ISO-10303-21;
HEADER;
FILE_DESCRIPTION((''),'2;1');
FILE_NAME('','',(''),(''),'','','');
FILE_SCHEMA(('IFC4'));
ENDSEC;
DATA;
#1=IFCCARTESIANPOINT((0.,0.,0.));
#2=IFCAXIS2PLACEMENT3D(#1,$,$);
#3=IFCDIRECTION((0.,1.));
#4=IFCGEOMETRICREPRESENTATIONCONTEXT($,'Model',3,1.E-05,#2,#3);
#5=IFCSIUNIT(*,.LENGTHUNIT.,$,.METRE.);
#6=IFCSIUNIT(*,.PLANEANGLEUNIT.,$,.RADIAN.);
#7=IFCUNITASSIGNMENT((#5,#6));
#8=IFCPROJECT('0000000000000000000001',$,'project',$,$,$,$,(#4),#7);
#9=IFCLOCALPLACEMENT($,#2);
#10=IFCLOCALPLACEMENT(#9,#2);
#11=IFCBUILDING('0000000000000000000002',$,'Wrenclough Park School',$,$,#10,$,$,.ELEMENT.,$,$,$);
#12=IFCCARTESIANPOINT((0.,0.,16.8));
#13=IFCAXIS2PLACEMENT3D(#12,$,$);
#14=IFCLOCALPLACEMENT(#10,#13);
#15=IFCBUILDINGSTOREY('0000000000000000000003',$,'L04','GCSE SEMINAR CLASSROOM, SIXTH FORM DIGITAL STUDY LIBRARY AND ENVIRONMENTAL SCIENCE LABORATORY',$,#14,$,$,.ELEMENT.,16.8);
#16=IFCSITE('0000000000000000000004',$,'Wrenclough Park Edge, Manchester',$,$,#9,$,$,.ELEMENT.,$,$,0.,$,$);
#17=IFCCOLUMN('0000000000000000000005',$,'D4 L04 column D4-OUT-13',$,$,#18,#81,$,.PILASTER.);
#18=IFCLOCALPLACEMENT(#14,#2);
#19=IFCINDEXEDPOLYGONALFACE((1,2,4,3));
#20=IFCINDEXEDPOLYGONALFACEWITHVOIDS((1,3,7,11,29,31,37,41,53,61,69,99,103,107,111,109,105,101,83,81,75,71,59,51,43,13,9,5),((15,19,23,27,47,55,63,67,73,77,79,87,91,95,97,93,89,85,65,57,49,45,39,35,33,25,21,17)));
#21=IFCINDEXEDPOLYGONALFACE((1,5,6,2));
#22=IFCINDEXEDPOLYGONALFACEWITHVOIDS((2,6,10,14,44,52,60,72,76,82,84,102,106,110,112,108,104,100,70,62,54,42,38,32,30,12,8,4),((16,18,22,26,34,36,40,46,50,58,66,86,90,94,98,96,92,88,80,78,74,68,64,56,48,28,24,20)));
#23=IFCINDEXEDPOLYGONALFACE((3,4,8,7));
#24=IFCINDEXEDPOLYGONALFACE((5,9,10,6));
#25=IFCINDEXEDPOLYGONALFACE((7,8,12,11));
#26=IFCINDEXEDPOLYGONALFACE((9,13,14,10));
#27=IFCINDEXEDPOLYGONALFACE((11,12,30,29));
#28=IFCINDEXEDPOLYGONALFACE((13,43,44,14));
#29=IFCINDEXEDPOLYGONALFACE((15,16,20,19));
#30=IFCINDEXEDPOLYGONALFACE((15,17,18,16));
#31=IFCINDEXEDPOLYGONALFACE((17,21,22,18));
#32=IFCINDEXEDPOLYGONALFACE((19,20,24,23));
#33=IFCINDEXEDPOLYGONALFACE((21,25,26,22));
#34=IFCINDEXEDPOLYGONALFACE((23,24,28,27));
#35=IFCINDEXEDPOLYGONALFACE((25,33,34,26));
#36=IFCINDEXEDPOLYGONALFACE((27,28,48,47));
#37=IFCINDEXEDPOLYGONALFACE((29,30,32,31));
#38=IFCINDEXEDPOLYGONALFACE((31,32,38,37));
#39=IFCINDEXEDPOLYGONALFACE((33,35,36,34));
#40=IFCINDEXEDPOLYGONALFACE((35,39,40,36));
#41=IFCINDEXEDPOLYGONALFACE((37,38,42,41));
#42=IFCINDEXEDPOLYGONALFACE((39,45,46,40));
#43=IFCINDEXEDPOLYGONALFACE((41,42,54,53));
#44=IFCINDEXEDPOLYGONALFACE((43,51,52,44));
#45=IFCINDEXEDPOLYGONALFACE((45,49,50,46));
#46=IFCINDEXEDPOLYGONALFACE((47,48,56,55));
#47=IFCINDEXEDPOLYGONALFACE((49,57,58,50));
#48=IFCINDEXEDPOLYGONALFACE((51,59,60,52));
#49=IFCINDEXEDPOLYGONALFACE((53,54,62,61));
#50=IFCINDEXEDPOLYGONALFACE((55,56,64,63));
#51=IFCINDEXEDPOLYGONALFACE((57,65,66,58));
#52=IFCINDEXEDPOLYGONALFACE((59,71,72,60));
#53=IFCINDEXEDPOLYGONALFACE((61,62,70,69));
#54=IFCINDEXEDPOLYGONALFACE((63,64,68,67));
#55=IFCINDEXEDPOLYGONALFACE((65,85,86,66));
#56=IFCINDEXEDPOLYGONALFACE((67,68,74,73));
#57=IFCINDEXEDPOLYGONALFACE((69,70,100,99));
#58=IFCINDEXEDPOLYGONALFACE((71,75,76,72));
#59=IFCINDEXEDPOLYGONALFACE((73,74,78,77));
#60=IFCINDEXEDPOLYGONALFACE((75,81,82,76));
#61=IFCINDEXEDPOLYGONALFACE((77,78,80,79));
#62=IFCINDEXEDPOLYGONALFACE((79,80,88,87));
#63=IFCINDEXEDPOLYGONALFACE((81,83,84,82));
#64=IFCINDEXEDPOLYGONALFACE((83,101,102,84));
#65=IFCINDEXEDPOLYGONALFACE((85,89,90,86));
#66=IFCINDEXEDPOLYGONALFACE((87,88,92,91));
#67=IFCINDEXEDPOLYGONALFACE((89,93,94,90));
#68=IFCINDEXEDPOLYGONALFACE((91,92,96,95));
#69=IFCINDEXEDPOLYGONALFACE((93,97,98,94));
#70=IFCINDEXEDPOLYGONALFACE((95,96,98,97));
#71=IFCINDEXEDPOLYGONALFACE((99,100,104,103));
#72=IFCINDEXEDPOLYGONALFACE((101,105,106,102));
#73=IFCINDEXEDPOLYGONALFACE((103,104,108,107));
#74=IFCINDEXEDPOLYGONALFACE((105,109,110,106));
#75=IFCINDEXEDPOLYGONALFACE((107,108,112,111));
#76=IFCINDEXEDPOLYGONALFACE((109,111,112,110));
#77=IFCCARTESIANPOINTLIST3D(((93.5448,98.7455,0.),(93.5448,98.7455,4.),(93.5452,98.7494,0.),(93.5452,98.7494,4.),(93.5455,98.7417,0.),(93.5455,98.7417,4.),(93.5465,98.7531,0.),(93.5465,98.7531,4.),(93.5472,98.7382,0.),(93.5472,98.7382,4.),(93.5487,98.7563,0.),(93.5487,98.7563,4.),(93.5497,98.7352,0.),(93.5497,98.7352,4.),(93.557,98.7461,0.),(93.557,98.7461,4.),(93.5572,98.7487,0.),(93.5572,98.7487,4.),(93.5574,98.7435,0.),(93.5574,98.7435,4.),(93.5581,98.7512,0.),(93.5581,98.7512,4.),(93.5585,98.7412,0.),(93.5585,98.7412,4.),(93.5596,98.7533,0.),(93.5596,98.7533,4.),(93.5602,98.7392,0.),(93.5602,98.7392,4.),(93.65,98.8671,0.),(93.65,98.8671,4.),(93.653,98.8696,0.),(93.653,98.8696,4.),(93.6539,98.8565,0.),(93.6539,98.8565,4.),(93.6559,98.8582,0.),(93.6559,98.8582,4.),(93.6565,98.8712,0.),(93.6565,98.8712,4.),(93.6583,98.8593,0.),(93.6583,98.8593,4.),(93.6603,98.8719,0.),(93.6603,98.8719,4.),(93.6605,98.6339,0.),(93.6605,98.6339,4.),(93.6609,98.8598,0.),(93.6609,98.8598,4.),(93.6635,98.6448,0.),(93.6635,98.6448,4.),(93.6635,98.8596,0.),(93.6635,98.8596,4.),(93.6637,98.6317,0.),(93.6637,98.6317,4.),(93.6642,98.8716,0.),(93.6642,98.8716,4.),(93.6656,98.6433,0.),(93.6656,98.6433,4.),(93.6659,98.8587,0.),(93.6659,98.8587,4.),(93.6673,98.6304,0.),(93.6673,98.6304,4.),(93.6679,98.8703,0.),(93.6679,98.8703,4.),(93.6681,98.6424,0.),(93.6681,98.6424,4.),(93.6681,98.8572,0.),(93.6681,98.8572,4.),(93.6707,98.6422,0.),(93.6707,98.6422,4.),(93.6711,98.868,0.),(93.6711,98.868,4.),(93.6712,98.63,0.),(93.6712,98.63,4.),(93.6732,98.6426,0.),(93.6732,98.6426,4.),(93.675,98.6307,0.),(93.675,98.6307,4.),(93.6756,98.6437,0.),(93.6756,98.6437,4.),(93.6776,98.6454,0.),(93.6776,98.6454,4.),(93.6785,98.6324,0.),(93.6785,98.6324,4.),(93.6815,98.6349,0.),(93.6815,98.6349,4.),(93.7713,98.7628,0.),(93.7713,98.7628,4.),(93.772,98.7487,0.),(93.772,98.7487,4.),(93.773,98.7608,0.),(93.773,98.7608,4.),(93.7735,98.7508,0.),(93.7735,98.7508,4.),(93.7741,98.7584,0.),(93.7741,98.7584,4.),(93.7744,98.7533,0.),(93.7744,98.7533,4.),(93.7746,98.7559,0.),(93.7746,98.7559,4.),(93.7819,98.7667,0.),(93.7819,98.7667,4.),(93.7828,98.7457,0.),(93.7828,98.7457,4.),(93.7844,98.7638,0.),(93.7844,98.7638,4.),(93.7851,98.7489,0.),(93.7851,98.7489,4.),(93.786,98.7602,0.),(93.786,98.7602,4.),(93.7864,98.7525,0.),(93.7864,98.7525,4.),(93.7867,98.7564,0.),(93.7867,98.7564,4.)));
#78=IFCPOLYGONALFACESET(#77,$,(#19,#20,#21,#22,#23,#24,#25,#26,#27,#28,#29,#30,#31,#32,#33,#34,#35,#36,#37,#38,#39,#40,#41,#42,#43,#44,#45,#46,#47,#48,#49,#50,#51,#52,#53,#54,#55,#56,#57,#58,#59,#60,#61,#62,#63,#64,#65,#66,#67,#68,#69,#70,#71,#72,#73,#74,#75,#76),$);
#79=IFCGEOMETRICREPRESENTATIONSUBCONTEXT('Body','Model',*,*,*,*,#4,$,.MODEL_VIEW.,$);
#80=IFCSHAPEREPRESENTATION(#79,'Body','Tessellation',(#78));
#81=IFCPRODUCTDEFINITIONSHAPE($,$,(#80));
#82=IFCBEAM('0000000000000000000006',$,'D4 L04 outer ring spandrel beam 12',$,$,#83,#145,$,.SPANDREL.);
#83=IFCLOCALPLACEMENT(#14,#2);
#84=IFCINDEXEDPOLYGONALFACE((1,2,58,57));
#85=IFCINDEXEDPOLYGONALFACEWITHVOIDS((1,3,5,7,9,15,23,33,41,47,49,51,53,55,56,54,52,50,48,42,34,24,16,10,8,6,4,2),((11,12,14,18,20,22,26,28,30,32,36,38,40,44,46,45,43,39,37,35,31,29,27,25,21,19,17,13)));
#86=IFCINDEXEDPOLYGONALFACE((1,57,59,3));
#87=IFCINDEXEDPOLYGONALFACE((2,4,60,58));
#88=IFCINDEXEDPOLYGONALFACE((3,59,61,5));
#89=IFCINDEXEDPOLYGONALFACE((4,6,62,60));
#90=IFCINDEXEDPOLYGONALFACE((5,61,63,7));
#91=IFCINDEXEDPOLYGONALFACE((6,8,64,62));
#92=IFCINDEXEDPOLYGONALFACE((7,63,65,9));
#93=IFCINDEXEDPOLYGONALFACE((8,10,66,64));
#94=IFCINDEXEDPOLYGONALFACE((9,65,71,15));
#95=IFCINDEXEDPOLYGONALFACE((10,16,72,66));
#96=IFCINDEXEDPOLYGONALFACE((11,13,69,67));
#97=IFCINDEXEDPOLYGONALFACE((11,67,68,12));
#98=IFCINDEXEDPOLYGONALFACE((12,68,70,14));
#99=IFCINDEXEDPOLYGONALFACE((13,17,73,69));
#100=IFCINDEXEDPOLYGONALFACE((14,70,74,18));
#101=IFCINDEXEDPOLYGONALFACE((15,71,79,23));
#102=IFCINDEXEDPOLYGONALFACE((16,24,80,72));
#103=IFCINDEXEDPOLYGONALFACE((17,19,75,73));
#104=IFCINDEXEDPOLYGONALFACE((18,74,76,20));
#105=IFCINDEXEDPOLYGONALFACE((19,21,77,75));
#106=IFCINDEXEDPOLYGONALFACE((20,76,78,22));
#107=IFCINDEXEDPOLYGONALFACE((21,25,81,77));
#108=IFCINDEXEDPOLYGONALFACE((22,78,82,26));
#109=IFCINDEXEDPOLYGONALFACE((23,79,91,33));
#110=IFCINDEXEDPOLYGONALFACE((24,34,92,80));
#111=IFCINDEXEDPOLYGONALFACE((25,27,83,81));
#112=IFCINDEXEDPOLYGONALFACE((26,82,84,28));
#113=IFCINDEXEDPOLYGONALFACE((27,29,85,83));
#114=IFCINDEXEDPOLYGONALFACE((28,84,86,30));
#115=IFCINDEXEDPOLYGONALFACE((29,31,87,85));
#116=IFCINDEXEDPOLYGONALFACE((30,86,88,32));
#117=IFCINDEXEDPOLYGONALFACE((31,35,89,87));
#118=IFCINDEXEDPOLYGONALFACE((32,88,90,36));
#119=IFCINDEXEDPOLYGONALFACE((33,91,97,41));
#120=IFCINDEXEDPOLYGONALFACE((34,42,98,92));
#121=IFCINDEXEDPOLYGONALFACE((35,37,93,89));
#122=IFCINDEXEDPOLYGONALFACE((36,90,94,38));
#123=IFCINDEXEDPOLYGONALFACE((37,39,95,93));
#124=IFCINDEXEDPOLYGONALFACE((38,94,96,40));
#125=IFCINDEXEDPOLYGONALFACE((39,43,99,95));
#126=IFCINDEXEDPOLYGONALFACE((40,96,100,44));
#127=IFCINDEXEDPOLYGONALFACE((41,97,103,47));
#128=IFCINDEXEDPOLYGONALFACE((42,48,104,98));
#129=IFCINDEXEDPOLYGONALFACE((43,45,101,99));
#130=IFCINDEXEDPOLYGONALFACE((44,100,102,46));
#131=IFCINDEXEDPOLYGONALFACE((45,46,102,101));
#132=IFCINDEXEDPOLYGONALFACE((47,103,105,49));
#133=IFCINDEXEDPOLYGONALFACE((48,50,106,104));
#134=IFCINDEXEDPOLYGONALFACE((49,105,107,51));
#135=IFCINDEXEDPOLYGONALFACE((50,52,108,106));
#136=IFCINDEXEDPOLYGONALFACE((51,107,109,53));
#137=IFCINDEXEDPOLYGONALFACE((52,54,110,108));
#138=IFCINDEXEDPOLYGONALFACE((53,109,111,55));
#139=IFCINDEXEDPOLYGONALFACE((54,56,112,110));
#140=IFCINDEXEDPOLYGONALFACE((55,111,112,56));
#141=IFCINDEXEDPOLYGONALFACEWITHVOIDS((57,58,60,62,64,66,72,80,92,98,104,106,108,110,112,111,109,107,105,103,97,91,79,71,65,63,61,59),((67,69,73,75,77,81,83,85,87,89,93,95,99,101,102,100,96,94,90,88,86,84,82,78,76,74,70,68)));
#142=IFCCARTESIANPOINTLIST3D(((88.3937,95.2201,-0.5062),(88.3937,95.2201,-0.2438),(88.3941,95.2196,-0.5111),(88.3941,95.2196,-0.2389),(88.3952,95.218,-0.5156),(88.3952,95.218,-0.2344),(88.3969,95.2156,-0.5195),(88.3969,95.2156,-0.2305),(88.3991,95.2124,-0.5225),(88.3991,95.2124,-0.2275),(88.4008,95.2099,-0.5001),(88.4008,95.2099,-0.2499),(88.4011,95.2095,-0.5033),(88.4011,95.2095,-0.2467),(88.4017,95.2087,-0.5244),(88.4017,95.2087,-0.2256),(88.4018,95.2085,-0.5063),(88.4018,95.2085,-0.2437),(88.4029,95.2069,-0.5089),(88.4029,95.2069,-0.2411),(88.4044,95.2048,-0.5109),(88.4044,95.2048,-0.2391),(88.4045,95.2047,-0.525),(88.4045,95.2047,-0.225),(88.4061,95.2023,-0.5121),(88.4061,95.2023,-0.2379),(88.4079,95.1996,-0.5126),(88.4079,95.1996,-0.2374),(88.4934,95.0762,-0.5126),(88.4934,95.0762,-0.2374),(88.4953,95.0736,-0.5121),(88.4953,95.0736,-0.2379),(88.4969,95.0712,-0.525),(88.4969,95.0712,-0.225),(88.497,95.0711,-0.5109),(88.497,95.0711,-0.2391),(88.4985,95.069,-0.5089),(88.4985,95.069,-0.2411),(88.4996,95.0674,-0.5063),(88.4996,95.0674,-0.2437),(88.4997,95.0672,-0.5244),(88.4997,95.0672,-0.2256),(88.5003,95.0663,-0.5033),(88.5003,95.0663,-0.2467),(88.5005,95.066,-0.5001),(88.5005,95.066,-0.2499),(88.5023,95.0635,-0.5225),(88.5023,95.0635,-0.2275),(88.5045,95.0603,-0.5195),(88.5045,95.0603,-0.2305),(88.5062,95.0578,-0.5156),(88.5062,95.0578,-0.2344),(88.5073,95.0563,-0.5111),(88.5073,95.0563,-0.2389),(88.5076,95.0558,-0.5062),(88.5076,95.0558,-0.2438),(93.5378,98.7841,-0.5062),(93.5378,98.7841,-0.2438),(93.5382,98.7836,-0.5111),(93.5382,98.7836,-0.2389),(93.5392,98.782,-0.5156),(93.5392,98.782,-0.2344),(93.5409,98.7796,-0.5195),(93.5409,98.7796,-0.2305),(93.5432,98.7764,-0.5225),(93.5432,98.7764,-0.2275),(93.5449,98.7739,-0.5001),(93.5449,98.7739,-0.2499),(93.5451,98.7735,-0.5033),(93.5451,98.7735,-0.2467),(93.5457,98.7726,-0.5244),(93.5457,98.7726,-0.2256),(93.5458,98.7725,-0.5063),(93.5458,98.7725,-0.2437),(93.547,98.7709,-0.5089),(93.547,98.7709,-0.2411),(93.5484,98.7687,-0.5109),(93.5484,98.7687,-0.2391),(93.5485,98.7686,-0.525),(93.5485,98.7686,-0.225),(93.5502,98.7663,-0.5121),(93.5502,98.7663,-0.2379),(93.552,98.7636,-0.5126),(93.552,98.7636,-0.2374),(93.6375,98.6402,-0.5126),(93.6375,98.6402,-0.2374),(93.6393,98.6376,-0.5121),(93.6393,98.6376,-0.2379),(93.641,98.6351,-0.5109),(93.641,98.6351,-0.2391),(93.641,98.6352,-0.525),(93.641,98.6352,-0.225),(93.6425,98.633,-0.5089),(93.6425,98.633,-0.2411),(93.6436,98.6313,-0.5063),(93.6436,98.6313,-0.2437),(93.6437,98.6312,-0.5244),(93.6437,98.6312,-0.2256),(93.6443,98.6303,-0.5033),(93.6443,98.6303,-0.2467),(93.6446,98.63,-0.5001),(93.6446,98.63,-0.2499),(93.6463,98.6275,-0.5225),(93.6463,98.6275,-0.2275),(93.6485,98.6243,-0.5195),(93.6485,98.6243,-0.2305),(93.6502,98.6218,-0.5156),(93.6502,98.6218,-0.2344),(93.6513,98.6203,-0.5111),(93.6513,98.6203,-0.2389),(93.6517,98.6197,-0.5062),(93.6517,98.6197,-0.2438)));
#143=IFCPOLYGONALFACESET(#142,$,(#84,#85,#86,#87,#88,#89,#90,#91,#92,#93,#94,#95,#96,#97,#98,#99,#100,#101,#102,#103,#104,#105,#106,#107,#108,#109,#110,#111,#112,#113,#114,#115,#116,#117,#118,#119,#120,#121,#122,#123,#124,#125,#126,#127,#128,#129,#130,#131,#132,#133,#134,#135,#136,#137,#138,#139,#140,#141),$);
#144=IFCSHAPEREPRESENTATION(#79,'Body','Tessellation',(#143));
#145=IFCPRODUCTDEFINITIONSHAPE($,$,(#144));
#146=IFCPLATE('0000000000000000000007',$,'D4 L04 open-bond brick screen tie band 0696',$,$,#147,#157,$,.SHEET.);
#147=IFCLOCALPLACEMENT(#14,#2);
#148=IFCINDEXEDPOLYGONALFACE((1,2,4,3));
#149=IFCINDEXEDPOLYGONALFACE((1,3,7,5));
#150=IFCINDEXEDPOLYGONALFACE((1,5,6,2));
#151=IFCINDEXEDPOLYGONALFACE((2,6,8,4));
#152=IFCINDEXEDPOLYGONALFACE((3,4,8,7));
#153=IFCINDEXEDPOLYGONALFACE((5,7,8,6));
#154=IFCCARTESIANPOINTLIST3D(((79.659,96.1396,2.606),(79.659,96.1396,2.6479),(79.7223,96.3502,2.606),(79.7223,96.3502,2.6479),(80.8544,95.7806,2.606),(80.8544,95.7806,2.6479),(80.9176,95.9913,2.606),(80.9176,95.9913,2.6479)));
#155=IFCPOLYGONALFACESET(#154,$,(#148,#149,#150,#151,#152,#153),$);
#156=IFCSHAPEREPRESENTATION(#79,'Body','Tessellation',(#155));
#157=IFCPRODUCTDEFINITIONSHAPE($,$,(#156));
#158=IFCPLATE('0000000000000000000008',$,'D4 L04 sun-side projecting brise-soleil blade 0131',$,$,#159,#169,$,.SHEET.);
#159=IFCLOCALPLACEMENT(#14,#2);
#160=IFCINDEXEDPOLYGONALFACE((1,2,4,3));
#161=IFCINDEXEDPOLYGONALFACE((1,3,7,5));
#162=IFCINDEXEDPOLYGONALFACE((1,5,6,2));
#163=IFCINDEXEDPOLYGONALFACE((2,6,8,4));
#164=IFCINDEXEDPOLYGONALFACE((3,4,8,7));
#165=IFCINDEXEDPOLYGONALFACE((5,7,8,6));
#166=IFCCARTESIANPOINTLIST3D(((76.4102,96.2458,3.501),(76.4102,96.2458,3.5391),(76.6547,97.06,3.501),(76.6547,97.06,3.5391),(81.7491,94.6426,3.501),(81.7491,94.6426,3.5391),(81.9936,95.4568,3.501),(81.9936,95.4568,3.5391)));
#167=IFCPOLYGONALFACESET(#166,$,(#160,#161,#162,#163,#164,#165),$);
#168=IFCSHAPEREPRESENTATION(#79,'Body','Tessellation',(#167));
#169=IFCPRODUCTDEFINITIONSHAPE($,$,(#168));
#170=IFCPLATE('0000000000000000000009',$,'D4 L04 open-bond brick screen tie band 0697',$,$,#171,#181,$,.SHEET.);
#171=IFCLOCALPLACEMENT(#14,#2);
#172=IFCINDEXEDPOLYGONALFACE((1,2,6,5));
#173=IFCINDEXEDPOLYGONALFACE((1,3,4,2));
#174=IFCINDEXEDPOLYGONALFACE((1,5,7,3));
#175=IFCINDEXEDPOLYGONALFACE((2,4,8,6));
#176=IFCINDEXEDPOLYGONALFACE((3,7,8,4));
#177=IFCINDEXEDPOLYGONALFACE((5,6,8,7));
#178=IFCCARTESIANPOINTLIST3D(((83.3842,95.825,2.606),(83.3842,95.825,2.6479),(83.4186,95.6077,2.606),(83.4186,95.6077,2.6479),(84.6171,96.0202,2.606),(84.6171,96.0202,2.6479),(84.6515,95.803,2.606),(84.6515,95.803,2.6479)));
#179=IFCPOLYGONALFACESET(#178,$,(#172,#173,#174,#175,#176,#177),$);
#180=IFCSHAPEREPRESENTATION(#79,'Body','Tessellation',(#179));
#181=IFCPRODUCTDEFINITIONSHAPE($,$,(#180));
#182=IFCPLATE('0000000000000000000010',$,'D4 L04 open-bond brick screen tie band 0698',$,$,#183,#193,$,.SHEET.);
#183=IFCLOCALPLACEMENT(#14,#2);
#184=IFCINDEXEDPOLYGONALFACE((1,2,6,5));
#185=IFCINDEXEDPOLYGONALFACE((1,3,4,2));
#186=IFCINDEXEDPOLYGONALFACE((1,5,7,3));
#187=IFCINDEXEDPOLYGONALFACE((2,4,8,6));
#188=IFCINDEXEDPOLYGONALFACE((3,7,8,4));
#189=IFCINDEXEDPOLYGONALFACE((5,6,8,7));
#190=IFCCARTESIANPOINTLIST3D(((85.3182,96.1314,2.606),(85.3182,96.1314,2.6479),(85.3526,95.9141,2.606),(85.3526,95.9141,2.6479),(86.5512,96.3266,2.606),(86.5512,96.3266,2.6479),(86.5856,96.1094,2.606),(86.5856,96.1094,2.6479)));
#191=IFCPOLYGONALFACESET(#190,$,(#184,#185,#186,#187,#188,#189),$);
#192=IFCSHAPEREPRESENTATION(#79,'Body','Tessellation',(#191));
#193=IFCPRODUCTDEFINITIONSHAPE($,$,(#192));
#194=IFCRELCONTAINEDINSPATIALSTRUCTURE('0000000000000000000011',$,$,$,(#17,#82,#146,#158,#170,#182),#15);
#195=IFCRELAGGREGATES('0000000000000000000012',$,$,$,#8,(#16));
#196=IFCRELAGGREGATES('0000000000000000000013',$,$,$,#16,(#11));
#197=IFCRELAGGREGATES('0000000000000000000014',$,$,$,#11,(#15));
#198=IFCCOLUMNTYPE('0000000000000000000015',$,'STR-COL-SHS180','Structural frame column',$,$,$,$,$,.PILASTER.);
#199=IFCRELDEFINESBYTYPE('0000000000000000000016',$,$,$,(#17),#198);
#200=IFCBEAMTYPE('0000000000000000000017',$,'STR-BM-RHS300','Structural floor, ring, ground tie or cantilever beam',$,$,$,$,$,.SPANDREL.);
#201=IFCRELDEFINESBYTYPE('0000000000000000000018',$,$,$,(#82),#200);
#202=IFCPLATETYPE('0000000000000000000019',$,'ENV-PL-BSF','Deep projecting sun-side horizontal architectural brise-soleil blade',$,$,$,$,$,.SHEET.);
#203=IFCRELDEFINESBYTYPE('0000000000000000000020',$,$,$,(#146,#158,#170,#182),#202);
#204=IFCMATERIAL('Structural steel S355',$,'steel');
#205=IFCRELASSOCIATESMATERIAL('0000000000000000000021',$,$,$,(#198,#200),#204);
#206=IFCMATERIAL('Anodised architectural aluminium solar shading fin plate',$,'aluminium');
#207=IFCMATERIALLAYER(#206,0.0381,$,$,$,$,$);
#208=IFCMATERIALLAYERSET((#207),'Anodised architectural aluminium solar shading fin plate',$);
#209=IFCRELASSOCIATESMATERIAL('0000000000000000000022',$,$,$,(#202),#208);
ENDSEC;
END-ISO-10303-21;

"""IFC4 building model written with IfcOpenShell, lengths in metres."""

from ifc_helpers import new_model, si_unit, direction, frame, origin, origin_2d, place, context, subcontext, project, spatial, rectangle, hollow_rectangle, extrude, material, layer, layer_set, material_profile, profile_set, type_object, element, save


model = new_model("IFC4")

# Units and contexts
model_context = context("Model", 3, precision=1e-05, world=origin(), true_north=direction((0.0, 1.0)))
body_context = subcontext(model_context, "Body", "Model", "MODEL_VIEW")
ifc_project = project(units=[si_unit("LENGTHUNIT", "METRE"), si_unit("PLANEANGLEUNIT", "RADIAN")], contexts=[model_context])

# Site, building, storey
site_placement = place(None, origin())
site = spatial("IfcSite", under=ifc_project, at=site_placement, Name="Wrenclough Park Edge, Manchester", CompositionType="ELEMENT", RefElevation=0.0)
building_placement = place(site_placement, origin())
building = spatial("IfcBuilding", under=site, at=building_placement, Name="Wrenclough Park School", CompositionType="ELEMENT")
storey_placement = place(building_placement, frame((0.0, 0.0, 16.8)))
storey = spatial("IfcBuildingStorey", under=building, at=storey_placement, Name="L04", Description="GCSE SEMINAR CLASSROOM, SIXTH FORM DIGITAL STUDY LIBRARY AND ENVIRONMENTAL SCIENCE LABORATORY", CompositionType="ELEMENT", Elevation=16.8)

# Column
ifc_material_1 = material(Name="Structural steel S355", Category="steel")
ifc_material_profile_1 = material_profile(ifc_material_1, hollow_rectangle(XDim=0.1799, YDim=0.1799, WallThickness=0.01, InnerFilletRadius=0.01, OuterFilletRadius=0.0149, at=origin_2d()), Name="SHS 180x180x10.0")
ifc_profile_set_1 = profile_set([ifc_material_profile_1], Name="Structural steel S355")
column_type = type_object("IfcColumnType", Name="STR-COL-SHS180", Description="Structural frame column", PredefinedType="PILASTER", material=ifc_profile_set_1)
column_placement = place(storey_placement, frame((93.6658, 98.751, 0.0), z_axis=(0.0, 0.0, 1.0), x_axis=(0.674689, 0.738102, 0.0)))
element("IfcColumn", 1, at=column_placement, inside=storey, type_object=column_type, Name="D4 L04 column D4-OUT-13", PredefinedType="PILASTER", context=body_context, shape_type="SweptSolid", body=[
    extrude(hollow_rectangle(XDim=0.1799, YDim=0.1799, WallThickness=0.01, InnerFilletRadius=0.01, OuterFilletRadius=0.0149, at=origin_2d()), origin(), (0.0, 0.0, 1.0), 4.0),
])

# Beam
ifc_material_profile_2 = material_profile(ifc_material_1, hollow_rectangle(XDim=0.2, YDim=0.3, WallThickness=0.0125, InnerFilletRadius=0.0125, OuterFilletRadius=0.0188, at=origin_2d()), Name="RHS 300x200x12.5")
ifc_profile_set_2 = profile_set([ifc_material_profile_2], Name="Structural steel S355")
beam_type = type_object("IfcBeamType", Name="STR-BM-RHS300", Description="Structural floor, ring, ground tie or cantilever beam", PredefinedType="SPANDREL", material=ifc_profile_set_2)
beam_placement = place(storey_placement, frame((88.4507, 95.1379, -0.375), z_axis=(0.82199, 0.569502, 0.0), x_axis=(-0.569502, 0.82199, 0.0)))
element("IfcBeam", 2, at=beam_placement, inside=storey, type_object=beam_type, Name="D4 L04 outer ring spandrel beam 12", PredefinedType="SPANDREL", context=body_context, shape_type="SweptSolid", body=[
    extrude(hollow_rectangle(XDim=0.2, YDim=0.3, WallThickness=0.0125, InnerFilletRadius=0.0125, OuterFilletRadius=0.0188, at=origin_2d()), origin(), (0.0, 0.0, 1.0), 6.2581),
])

# Plates
ifc_material_2 = material(Name="Anodised architectural aluminium solar shading fin plate", Category="aluminium")
ifc_layer_1 = layer(ifc_material_2, 0.0381)
ifc_layer_set_1 = layer_set([ifc_layer_1], Name="Anodised architectural aluminium solar shading fin plate")
plate_type = type_object("IfcPlateType", Name="ENV-PL-BSF", Description="Deep projecting sun-side horizontal architectural brise-soleil blade", PredefinedType="SHEET", material=ifc_layer_set_1)
plate_1_placement = place(storey_placement, frame((80.2883, 96.0654, 2.606), z_axis=(0.0, 0.0, 1.0), x_axis=(0.957751, -0.287599, 0.0)))
element("IfcPlate", 3, at=plate_1_placement, inside=storey, type_object=plate_type, Name="D4 L04 open-bond brick screen tie band 0696", PredefinedType="SHEET", context=body_context, shape_type="SweptSolid", body=[
    extrude(rectangle(XDim=1.248, YDim=0.22, at=origin_2d()), origin(), (0.0, 0.0, 1.0), 0.042),
])
plate_2_placement = place(storey_placement, frame((79.2019, 95.8513, 3.501), z_axis=(0.0, 0.0, 1.0), x_axis=(0.957751, -0.287599, 0.0)))
element("IfcPlate", 4, at=plate_2_placement, inside=storey, type_object=plate_type, Name="D4 L04 sun-side projecting brise-soleil blade 0131", PredefinedType="SHEET", context=body_context, shape_type="SweptSolid", body=[
    extrude(rectangle(XDim=5.5745, YDim=0.8501, at=origin_2d()), origin(), (0.0, 0.0, 1.0), 0.0381),
])
for number, where, z_axis, x_axis, name in (
    (5, (84.0178, 95.814, 2.606), (0.0, 0.0, 1.0), (0.987688, 0.156435, 0.0), "D4 L04 open-bond brick screen tie band 0697"),
    (6, (85.9519, 96.1204, 2.606), (0.0, 0.0, 1.0), (0.987688, 0.156435, 0.0), "D4 L04 open-bond brick screen tie band 0698"),
):
    element("IfcPlate", number, at=place(storey_placement, frame(where, z_axis=z_axis, x_axis=x_axis)), inside=storey, type_object=plate_type, Name=name, PredefinedType="SHEET", context=body_context, shape_type="SweptSolid", body=[
        extrude(rectangle(XDim=1.2483, YDim=0.22, at=origin_2d()), origin(), (0.0, 0.0, 1.0), 0.042),
    ])

save(model, "model.ifc")
